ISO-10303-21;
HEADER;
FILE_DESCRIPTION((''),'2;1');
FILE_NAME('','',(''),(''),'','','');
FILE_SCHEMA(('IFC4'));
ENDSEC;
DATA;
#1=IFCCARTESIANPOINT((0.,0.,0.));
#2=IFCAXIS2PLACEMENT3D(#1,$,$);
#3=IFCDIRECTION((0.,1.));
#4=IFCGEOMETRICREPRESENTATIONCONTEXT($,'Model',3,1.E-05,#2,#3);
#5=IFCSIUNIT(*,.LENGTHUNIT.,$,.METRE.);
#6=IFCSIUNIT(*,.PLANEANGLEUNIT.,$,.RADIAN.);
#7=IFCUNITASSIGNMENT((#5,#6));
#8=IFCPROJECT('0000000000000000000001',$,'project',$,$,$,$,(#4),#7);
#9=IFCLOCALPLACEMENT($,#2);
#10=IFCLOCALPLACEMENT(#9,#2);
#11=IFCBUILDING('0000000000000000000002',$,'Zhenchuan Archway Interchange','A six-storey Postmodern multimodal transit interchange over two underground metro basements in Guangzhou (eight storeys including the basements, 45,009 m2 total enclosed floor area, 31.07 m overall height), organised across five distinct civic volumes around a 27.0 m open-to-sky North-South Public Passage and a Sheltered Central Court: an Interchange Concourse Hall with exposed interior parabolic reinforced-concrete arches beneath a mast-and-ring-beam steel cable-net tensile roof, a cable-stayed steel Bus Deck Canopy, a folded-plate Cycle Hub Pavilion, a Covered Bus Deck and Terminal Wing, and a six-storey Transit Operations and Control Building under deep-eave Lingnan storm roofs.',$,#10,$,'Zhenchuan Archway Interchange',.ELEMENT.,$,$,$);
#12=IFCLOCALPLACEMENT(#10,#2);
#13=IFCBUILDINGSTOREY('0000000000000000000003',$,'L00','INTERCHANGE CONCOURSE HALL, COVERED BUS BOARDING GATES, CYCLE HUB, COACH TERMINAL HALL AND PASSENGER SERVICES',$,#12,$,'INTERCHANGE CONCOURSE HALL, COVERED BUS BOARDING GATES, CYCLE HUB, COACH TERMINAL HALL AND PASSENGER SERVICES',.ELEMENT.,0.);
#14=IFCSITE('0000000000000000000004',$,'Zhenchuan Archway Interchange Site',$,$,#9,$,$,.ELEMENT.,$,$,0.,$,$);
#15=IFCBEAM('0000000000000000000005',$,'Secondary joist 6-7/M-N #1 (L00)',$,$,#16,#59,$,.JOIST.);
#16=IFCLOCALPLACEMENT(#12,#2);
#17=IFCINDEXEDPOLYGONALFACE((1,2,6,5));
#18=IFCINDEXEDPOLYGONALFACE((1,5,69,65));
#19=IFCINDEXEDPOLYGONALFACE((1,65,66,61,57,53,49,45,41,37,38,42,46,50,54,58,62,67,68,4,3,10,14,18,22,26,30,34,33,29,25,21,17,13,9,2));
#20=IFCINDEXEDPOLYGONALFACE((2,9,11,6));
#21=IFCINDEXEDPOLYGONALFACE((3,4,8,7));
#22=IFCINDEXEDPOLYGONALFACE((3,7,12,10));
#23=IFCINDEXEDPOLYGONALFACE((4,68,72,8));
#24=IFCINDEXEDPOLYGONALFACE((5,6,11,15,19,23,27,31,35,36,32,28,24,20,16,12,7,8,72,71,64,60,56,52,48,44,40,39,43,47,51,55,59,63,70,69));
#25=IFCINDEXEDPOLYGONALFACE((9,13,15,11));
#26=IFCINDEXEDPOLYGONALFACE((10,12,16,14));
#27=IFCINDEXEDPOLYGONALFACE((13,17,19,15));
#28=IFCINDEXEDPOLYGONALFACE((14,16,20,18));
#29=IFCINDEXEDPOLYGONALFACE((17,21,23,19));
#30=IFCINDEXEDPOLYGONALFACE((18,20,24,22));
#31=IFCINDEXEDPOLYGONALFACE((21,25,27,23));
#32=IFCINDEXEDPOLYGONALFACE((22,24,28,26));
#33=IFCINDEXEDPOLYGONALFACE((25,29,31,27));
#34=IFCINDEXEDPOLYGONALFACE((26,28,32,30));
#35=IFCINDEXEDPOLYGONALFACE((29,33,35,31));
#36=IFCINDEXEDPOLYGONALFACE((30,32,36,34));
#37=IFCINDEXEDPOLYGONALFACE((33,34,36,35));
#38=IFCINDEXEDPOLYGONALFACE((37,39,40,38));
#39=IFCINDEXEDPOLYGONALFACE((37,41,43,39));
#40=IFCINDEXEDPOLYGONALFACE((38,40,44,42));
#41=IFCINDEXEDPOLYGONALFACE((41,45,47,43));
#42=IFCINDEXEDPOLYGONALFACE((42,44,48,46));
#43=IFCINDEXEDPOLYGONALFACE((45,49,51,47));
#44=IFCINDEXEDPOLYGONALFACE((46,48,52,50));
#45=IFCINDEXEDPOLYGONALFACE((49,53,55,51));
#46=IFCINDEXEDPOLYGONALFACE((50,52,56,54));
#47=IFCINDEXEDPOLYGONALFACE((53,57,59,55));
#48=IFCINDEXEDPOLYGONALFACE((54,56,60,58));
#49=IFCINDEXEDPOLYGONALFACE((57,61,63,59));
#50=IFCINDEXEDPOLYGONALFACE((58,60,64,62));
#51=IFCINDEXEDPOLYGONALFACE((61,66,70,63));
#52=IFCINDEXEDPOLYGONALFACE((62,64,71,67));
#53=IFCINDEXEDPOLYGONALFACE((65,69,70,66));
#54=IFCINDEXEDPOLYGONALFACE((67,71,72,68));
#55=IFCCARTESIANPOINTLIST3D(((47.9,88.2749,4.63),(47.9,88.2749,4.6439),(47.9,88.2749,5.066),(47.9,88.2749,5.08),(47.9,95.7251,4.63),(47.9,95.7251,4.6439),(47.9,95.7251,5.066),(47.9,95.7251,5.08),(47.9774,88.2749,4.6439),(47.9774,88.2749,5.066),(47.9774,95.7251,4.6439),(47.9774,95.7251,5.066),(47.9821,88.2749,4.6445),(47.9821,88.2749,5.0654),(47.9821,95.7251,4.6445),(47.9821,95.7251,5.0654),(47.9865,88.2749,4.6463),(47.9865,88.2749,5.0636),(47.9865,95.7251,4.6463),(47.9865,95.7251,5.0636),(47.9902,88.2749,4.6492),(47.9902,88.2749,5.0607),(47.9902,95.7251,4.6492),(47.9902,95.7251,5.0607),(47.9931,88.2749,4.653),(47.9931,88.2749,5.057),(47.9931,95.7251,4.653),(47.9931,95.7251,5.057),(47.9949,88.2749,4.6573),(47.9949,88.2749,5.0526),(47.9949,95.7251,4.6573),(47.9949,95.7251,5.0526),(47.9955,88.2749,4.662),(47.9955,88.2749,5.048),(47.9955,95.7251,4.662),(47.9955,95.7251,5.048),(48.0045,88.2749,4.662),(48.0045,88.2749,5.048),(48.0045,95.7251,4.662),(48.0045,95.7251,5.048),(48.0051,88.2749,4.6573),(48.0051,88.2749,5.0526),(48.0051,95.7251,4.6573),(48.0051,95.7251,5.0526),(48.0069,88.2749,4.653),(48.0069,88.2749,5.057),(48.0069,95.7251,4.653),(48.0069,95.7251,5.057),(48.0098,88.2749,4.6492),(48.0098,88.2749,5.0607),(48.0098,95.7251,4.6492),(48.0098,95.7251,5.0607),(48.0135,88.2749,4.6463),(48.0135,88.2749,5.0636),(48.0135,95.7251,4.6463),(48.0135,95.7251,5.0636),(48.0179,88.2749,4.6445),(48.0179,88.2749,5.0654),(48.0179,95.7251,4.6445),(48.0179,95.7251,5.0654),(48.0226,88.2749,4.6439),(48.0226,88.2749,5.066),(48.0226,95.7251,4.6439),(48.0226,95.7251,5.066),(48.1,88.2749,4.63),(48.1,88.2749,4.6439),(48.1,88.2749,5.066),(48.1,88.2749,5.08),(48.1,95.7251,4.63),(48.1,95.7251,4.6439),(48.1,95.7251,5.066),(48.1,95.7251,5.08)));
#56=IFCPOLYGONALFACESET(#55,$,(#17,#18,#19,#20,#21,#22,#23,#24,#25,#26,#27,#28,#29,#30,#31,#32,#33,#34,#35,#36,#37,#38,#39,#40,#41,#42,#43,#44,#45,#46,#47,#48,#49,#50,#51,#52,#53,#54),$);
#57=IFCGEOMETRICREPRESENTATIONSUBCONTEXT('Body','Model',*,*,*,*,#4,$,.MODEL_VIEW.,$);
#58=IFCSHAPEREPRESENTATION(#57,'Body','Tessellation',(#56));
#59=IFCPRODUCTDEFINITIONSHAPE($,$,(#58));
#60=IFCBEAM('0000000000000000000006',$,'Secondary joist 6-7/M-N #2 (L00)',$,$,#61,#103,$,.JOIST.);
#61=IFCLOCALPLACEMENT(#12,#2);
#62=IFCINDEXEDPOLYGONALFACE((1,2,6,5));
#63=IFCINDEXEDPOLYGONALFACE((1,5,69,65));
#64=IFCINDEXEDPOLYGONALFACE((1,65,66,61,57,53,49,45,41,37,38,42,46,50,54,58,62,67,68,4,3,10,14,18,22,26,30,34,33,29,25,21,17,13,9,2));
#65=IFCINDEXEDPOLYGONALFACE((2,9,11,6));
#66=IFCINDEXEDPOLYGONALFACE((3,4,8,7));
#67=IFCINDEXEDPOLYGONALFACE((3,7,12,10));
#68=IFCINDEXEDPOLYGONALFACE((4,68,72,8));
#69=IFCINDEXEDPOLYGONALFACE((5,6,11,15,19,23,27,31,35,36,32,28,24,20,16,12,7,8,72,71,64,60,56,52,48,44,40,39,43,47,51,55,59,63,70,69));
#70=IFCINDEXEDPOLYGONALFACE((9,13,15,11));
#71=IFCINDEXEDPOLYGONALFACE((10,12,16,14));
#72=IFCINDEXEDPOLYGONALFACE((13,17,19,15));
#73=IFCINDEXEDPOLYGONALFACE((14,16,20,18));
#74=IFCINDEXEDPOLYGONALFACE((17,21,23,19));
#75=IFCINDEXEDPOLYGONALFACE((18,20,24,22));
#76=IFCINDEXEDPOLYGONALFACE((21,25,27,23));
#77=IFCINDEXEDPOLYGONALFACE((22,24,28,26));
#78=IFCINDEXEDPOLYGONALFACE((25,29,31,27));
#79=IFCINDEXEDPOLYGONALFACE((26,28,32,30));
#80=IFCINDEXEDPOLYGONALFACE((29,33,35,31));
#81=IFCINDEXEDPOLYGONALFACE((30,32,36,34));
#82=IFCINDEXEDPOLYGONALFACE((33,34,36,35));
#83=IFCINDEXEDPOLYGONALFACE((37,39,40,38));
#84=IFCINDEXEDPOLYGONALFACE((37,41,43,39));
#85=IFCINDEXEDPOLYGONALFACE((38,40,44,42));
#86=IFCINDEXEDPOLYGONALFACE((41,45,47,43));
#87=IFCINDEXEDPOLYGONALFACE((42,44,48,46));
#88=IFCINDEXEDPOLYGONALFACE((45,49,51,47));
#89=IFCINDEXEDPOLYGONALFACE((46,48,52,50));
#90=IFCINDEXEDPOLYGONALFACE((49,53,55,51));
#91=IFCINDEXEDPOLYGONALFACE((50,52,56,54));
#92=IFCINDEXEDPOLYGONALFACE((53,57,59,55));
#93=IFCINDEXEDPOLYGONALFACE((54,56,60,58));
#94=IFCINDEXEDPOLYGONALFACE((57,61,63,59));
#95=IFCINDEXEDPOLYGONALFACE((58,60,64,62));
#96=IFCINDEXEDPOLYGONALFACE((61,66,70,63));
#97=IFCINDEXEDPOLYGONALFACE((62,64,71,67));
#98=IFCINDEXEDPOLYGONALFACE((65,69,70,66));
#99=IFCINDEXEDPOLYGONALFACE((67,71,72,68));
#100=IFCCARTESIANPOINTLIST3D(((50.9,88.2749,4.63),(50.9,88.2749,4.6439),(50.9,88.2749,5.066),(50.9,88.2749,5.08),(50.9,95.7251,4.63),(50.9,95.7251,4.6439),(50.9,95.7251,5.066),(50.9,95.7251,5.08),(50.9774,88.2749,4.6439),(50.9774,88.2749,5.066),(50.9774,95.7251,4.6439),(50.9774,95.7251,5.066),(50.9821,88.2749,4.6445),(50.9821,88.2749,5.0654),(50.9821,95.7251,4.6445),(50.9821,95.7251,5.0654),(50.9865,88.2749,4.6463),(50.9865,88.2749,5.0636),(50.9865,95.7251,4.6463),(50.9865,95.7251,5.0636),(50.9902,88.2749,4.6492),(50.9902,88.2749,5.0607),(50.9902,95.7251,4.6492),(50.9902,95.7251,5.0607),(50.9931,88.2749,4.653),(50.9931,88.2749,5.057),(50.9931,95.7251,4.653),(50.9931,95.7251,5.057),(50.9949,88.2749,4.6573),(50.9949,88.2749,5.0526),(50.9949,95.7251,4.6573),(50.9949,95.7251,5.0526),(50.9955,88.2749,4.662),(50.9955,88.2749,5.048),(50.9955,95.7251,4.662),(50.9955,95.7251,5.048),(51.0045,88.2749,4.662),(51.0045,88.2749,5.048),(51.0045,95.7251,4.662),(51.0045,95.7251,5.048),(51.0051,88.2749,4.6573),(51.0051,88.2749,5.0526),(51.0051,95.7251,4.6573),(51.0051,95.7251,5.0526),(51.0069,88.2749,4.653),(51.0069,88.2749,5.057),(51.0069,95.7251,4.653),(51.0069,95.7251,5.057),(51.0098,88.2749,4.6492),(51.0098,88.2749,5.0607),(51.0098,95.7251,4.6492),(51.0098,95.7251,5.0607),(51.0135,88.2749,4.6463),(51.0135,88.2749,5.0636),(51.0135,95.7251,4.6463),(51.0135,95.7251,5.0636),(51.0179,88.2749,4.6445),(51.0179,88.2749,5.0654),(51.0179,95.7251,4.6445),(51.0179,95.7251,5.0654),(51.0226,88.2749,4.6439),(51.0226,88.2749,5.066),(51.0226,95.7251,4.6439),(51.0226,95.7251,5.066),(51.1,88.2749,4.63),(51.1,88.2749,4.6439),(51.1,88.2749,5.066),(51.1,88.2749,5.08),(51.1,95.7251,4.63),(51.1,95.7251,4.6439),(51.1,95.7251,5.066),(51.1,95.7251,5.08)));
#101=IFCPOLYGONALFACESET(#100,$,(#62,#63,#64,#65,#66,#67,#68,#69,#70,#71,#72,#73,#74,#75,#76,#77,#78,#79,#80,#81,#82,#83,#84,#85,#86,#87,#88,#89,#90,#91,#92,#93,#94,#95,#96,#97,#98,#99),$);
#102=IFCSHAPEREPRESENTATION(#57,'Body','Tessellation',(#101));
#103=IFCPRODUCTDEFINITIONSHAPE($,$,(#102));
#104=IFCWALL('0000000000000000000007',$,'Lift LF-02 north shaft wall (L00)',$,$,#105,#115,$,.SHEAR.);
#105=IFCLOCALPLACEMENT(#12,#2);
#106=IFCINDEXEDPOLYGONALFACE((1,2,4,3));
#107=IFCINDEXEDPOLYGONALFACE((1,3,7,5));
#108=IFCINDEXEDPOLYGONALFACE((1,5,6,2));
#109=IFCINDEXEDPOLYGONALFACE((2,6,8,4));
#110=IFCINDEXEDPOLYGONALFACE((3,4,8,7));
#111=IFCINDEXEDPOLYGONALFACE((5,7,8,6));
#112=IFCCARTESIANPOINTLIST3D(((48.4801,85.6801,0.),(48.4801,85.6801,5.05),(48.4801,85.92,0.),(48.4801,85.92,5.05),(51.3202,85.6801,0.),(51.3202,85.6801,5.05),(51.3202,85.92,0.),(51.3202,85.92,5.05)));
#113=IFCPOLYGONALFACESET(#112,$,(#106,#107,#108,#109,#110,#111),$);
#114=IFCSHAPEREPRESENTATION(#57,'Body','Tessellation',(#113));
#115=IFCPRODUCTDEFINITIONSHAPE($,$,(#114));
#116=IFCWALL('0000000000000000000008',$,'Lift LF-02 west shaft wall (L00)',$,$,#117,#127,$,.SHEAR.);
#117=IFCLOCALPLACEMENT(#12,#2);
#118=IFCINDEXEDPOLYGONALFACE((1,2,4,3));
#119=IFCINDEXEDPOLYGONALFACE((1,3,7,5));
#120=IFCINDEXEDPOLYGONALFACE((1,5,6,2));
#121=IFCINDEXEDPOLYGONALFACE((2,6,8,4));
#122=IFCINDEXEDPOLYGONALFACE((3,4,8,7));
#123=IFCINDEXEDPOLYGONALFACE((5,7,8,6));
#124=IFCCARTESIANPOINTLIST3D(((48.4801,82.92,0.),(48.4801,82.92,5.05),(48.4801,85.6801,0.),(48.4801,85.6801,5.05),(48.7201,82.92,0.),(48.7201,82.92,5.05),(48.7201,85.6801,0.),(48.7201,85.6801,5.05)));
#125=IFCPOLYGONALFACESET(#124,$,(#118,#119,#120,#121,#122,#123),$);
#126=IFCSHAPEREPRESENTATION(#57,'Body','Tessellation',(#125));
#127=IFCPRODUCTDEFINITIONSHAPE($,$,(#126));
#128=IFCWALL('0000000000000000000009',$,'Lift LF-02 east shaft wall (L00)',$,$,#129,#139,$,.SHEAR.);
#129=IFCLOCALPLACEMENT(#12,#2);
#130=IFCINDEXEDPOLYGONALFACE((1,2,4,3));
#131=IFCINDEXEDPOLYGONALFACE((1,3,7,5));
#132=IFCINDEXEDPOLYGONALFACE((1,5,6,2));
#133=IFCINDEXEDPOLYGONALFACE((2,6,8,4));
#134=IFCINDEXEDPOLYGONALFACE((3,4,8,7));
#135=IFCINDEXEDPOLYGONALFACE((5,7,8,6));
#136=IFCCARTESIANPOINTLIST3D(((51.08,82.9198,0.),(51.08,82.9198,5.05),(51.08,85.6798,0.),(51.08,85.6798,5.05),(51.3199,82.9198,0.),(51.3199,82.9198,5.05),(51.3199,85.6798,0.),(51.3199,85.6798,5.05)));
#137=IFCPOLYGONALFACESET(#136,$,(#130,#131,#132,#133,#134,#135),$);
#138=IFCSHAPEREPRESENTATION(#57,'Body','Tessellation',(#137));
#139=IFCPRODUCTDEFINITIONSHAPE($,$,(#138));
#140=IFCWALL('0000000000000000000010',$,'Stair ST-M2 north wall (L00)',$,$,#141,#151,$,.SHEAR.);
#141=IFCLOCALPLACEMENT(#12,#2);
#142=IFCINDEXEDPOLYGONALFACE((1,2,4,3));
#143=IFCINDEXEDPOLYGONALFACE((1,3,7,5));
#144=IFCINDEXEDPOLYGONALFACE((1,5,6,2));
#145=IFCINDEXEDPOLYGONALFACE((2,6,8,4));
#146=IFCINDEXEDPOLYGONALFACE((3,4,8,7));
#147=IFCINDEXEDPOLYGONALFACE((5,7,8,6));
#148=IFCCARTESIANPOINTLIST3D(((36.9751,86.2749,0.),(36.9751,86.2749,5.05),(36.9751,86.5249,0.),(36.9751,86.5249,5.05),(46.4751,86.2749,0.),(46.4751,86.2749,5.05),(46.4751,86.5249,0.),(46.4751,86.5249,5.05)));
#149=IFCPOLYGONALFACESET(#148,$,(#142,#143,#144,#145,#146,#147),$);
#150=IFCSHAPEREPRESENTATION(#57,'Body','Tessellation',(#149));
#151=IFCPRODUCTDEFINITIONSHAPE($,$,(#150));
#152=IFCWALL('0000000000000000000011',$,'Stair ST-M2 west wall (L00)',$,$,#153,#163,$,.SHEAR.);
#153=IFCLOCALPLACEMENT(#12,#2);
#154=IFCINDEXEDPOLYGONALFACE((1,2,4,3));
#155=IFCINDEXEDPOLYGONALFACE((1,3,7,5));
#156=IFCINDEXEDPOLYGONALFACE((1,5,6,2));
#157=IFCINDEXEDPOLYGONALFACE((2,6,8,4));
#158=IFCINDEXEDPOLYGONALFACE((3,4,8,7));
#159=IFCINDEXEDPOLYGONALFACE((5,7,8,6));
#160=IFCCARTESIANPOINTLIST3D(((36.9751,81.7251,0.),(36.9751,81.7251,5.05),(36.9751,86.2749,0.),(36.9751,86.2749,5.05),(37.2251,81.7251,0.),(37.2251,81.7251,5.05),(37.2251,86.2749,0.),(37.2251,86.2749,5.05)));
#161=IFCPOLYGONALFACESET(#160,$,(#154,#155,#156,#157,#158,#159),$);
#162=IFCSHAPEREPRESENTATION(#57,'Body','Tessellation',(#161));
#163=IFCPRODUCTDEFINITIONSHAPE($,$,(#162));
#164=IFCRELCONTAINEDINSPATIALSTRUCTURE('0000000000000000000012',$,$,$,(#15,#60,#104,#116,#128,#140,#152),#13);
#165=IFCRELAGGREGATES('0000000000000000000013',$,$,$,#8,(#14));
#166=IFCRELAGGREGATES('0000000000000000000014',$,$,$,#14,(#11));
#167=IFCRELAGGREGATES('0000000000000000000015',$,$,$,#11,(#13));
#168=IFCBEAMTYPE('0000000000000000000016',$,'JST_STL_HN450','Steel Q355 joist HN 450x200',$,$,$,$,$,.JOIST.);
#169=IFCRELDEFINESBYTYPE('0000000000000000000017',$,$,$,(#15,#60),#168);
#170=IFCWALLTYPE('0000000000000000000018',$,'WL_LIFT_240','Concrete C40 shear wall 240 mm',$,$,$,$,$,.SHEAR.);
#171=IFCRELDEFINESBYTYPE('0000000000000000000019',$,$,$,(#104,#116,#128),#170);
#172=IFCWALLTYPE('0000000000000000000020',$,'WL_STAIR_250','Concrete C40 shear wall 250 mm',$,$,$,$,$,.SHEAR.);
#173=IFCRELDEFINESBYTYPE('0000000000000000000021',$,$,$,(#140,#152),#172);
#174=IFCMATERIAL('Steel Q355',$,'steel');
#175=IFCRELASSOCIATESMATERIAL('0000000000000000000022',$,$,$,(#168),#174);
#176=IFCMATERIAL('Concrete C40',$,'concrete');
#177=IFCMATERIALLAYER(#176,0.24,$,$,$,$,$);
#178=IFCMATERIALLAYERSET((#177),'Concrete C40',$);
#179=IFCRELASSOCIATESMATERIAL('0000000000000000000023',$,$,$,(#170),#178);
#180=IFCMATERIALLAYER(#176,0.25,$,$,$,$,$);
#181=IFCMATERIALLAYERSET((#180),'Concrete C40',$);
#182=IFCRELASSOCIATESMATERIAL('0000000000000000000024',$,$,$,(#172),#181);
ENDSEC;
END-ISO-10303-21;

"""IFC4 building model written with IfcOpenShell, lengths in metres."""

from ifc_helpers import new_model, si_unit, direction, frame, frame_2d, origin, origin_2d, place, context, subcontext, project, spatial, rectangle, i_section, extrude, material, layer, layer_set, material_profile, profile_set, type_object, element, save


model = new_model("IFC4")

# Units and contexts
model_context = context("Model", 3, precision=1e-05, world=origin(), true_north=direction((0.0, 1.0)))
body_context = subcontext(model_context, "Body", "Model", "MODEL_VIEW")
ifc_project = project(units=[si_unit("LENGTHUNIT", "METRE"), si_unit("PLANEANGLEUNIT", "RADIAN")], contexts=[model_context])

# Site, building, storey
site_placement = place(None, origin())
site = spatial("IfcSite", under=ifc_project, at=site_placement, Name="Zhenchuan Archway Interchange Site", CompositionType="ELEMENT", RefElevation=0.0)
building_placement = place(site_placement, origin())
building = spatial("IfcBuilding", under=site, at=building_placement, Name="Zhenchuan Archway Interchange", Description="A six-storey Postmodern multimodal transit interchange over two underground metro basements in Guangzhou (eight storeys including the basements, 45,009 m2 total enclosed floor area, 31.07 m overall height), organised across five distinct civic volumes around a 27.0 m open-to-sky North-South Public Passage and a Sheltered Central Court: an Interchange Concourse Hall with exposed interior parabolic reinforced-concrete arches beneath a mast-and-ring-beam steel cable-net tensile roof, a cable-stayed steel Bus Deck Canopy, a folded-plate Cycle Hub Pavilion, a Covered Bus Deck and Terminal Wing, and a six-storey Transit Operations and Control Building under deep-eave Lingnan storm roofs.", LongName="Zhenchuan Archway Interchange", CompositionType="ELEMENT")
storey_placement = place(building_placement, origin())
storey = spatial("IfcBuildingStorey", under=building, at=storey_placement, Name="L00", Description="INTERCHANGE CONCOURSE HALL, COVERED BUS BOARDING GATES, CYCLE HUB, COACH TERMINAL HALL AND PASSENGER SERVICES", LongName="INTERCHANGE CONCOURSE HALL, COVERED BUS BOARDING GATES, CYCLE HUB, COACH TERMINAL HALL AND PASSENGER SERVICES", CompositionType="ELEMENT", Elevation=0.0)

# Shared definitions
ifc_material_1 = material(Name="Concrete C40", Category="concrete")

# Beams
ifc_material_2 = material(Name="Steel Q355", Category="steel")
ifc_material_profile_1 = material_profile(ifc_material_2, i_section(OverallWidth=0.2, OverallDepth=0.45, WebThickness=0.009, FlangeThickness=0.0139, FilletRadius=0.0181, at=origin_2d()), Name="HN 450x200")
ifc_profile_set_1 = profile_set([ifc_material_profile_1], Name="Steel Q355")
beam_type_1 = type_object("IfcBeamType", Name="JST_STL_HN450", Description="Steel Q355 joist HN 450x200", PredefinedType="JOIST", material=ifc_profile_set_1)
for number, where, z_axis, x_axis, name in (
    (1, (48.0, 88.2749, 4.855), (0.0, 1.0, 0.0), (-1.0, 0.0, 0.0), "Secondary joist 6-7/M-N #1 (L00)"),
    (2, (51.0, 88.2749, 4.855), (0.0, 1.0, 0.0), (-1.0, 0.0, 0.0), "Secondary joist 6-7/M-N #2 (L00)"),
):
    element("IfcBeam", number, at=place(storey_placement, frame(where, z_axis=z_axis, x_axis=x_axis)), inside=storey, type_object=beam_type_1, Name=name, PredefinedType="JOIST", context=body_context, shape_type="SweptSolid", body=[
        extrude(i_section(OverallWidth=0.2, OverallDepth=0.45, WebThickness=0.009, FlangeThickness=0.0139, FilletRadius=0.0181, at=origin_2d()), origin(), (0.0, 0.0, 1.0), 7.4502),
    ])

# Walls
ifc_layer_1 = layer(ifc_material_1, 0.24)
ifc_layer_set_1 = layer_set([ifc_layer_1], Name="Concrete C40")
wall_type_1 = type_object("IfcWallType", Name="WL_LIFT_240", Description="Concrete C40 shear wall 240 mm", PredefinedType="SHEAR", material=ifc_layer_set_1)
wall_1_placement = place(storey_placement, frame((51.3201, 85.8, 0.0), z_axis=(0.0, 0.0, 1.0), x_axis=(-1.0, 0.0, 0.0)))
element("IfcWall", 3, at=wall_1_placement, inside=storey, type_object=wall_type_1, Name="Lift LF-02 north shaft wall (L00)", PredefinedType="SHEAR", context=body_context, shape_type="SweptSolid", body=[
    extrude(rectangle(XDim=2.8401, YDim=0.24, at=frame_2d((1.4199, 0.0))), origin(), (0.0, 0.0, 1.0), 5.05),
])
for number, where, z_axis, x_axis, name in (
    (4, (48.6001, 85.6799, 0.0), (0.0, 0.0, 1.0), (0.0, -1.0, 0.0), "Lift LF-02 west shaft wall (L00)"),
    (5, (51.2, 82.9199, 0.0), (0.0, 0.0, 1.0), (0.0, 1.0, 0.0), "Lift LF-02 east shaft wall (L00)"),
):
    element("IfcWall", number, at=place(storey_placement, frame(where, z_axis=z_axis, x_axis=x_axis)), inside=storey, type_object=wall_type_1, Name=name, PredefinedType="SHEAR", context=body_context, shape_type="SweptSolid", body=[
        extrude(rectangle(XDim=2.76, YDim=0.24, at=frame_2d((1.3799, 0.0))), origin(), (0.0, 0.0, 1.0), 5.05),
    ])
ifc_layer_2 = layer(ifc_material_1, 0.25)
ifc_layer_set_2 = layer_set([ifc_layer_2], Name="Concrete C40")
wall_type_2 = type_object("IfcWallType", Name="WL_STAIR_250", Description="Concrete C40 shear wall 250 mm", PredefinedType="SHEAR", material=ifc_layer_set_2)
wall_2_placement = place(storey_placement, frame((46.4751, 86.3999, 0.0), z_axis=(0.0, 0.0, 1.0), x_axis=(-1.0, 0.0, 0.0)))
element("IfcWall", 6, at=wall_2_placement, inside=storey, type_object=wall_type_2, Name="Stair ST-M2 north wall (L00)", PredefinedType="SHEAR", context=body_context, shape_type="SweptSolid", body=[
    extrude(rectangle(XDim=9.5, YDim=0.25, at=frame_2d((4.75, 0.0))), origin(), (0.0, 0.0, 1.0), 5.05),
])
wall_3_placement = place(storey_placement, frame((37.1001, 86.2749, 0.0), z_axis=(0.0, 0.0, 1.0), x_axis=(0.0, -1.0, 0.0)))
element("IfcWall", 7, at=wall_3_placement, inside=storey, type_object=wall_type_2, Name="Stair ST-M2 west wall (L00)", PredefinedType="SHEAR", context=body_context, shape_type="SweptSolid", body=[
    extrude(rectangle(XDim=4.5498, YDim=0.25, at=frame_2d((2.2749, 0.0))), origin(), (0.0, 0.0, 1.0), 5.05),
])

save(model, "model.ifc")
